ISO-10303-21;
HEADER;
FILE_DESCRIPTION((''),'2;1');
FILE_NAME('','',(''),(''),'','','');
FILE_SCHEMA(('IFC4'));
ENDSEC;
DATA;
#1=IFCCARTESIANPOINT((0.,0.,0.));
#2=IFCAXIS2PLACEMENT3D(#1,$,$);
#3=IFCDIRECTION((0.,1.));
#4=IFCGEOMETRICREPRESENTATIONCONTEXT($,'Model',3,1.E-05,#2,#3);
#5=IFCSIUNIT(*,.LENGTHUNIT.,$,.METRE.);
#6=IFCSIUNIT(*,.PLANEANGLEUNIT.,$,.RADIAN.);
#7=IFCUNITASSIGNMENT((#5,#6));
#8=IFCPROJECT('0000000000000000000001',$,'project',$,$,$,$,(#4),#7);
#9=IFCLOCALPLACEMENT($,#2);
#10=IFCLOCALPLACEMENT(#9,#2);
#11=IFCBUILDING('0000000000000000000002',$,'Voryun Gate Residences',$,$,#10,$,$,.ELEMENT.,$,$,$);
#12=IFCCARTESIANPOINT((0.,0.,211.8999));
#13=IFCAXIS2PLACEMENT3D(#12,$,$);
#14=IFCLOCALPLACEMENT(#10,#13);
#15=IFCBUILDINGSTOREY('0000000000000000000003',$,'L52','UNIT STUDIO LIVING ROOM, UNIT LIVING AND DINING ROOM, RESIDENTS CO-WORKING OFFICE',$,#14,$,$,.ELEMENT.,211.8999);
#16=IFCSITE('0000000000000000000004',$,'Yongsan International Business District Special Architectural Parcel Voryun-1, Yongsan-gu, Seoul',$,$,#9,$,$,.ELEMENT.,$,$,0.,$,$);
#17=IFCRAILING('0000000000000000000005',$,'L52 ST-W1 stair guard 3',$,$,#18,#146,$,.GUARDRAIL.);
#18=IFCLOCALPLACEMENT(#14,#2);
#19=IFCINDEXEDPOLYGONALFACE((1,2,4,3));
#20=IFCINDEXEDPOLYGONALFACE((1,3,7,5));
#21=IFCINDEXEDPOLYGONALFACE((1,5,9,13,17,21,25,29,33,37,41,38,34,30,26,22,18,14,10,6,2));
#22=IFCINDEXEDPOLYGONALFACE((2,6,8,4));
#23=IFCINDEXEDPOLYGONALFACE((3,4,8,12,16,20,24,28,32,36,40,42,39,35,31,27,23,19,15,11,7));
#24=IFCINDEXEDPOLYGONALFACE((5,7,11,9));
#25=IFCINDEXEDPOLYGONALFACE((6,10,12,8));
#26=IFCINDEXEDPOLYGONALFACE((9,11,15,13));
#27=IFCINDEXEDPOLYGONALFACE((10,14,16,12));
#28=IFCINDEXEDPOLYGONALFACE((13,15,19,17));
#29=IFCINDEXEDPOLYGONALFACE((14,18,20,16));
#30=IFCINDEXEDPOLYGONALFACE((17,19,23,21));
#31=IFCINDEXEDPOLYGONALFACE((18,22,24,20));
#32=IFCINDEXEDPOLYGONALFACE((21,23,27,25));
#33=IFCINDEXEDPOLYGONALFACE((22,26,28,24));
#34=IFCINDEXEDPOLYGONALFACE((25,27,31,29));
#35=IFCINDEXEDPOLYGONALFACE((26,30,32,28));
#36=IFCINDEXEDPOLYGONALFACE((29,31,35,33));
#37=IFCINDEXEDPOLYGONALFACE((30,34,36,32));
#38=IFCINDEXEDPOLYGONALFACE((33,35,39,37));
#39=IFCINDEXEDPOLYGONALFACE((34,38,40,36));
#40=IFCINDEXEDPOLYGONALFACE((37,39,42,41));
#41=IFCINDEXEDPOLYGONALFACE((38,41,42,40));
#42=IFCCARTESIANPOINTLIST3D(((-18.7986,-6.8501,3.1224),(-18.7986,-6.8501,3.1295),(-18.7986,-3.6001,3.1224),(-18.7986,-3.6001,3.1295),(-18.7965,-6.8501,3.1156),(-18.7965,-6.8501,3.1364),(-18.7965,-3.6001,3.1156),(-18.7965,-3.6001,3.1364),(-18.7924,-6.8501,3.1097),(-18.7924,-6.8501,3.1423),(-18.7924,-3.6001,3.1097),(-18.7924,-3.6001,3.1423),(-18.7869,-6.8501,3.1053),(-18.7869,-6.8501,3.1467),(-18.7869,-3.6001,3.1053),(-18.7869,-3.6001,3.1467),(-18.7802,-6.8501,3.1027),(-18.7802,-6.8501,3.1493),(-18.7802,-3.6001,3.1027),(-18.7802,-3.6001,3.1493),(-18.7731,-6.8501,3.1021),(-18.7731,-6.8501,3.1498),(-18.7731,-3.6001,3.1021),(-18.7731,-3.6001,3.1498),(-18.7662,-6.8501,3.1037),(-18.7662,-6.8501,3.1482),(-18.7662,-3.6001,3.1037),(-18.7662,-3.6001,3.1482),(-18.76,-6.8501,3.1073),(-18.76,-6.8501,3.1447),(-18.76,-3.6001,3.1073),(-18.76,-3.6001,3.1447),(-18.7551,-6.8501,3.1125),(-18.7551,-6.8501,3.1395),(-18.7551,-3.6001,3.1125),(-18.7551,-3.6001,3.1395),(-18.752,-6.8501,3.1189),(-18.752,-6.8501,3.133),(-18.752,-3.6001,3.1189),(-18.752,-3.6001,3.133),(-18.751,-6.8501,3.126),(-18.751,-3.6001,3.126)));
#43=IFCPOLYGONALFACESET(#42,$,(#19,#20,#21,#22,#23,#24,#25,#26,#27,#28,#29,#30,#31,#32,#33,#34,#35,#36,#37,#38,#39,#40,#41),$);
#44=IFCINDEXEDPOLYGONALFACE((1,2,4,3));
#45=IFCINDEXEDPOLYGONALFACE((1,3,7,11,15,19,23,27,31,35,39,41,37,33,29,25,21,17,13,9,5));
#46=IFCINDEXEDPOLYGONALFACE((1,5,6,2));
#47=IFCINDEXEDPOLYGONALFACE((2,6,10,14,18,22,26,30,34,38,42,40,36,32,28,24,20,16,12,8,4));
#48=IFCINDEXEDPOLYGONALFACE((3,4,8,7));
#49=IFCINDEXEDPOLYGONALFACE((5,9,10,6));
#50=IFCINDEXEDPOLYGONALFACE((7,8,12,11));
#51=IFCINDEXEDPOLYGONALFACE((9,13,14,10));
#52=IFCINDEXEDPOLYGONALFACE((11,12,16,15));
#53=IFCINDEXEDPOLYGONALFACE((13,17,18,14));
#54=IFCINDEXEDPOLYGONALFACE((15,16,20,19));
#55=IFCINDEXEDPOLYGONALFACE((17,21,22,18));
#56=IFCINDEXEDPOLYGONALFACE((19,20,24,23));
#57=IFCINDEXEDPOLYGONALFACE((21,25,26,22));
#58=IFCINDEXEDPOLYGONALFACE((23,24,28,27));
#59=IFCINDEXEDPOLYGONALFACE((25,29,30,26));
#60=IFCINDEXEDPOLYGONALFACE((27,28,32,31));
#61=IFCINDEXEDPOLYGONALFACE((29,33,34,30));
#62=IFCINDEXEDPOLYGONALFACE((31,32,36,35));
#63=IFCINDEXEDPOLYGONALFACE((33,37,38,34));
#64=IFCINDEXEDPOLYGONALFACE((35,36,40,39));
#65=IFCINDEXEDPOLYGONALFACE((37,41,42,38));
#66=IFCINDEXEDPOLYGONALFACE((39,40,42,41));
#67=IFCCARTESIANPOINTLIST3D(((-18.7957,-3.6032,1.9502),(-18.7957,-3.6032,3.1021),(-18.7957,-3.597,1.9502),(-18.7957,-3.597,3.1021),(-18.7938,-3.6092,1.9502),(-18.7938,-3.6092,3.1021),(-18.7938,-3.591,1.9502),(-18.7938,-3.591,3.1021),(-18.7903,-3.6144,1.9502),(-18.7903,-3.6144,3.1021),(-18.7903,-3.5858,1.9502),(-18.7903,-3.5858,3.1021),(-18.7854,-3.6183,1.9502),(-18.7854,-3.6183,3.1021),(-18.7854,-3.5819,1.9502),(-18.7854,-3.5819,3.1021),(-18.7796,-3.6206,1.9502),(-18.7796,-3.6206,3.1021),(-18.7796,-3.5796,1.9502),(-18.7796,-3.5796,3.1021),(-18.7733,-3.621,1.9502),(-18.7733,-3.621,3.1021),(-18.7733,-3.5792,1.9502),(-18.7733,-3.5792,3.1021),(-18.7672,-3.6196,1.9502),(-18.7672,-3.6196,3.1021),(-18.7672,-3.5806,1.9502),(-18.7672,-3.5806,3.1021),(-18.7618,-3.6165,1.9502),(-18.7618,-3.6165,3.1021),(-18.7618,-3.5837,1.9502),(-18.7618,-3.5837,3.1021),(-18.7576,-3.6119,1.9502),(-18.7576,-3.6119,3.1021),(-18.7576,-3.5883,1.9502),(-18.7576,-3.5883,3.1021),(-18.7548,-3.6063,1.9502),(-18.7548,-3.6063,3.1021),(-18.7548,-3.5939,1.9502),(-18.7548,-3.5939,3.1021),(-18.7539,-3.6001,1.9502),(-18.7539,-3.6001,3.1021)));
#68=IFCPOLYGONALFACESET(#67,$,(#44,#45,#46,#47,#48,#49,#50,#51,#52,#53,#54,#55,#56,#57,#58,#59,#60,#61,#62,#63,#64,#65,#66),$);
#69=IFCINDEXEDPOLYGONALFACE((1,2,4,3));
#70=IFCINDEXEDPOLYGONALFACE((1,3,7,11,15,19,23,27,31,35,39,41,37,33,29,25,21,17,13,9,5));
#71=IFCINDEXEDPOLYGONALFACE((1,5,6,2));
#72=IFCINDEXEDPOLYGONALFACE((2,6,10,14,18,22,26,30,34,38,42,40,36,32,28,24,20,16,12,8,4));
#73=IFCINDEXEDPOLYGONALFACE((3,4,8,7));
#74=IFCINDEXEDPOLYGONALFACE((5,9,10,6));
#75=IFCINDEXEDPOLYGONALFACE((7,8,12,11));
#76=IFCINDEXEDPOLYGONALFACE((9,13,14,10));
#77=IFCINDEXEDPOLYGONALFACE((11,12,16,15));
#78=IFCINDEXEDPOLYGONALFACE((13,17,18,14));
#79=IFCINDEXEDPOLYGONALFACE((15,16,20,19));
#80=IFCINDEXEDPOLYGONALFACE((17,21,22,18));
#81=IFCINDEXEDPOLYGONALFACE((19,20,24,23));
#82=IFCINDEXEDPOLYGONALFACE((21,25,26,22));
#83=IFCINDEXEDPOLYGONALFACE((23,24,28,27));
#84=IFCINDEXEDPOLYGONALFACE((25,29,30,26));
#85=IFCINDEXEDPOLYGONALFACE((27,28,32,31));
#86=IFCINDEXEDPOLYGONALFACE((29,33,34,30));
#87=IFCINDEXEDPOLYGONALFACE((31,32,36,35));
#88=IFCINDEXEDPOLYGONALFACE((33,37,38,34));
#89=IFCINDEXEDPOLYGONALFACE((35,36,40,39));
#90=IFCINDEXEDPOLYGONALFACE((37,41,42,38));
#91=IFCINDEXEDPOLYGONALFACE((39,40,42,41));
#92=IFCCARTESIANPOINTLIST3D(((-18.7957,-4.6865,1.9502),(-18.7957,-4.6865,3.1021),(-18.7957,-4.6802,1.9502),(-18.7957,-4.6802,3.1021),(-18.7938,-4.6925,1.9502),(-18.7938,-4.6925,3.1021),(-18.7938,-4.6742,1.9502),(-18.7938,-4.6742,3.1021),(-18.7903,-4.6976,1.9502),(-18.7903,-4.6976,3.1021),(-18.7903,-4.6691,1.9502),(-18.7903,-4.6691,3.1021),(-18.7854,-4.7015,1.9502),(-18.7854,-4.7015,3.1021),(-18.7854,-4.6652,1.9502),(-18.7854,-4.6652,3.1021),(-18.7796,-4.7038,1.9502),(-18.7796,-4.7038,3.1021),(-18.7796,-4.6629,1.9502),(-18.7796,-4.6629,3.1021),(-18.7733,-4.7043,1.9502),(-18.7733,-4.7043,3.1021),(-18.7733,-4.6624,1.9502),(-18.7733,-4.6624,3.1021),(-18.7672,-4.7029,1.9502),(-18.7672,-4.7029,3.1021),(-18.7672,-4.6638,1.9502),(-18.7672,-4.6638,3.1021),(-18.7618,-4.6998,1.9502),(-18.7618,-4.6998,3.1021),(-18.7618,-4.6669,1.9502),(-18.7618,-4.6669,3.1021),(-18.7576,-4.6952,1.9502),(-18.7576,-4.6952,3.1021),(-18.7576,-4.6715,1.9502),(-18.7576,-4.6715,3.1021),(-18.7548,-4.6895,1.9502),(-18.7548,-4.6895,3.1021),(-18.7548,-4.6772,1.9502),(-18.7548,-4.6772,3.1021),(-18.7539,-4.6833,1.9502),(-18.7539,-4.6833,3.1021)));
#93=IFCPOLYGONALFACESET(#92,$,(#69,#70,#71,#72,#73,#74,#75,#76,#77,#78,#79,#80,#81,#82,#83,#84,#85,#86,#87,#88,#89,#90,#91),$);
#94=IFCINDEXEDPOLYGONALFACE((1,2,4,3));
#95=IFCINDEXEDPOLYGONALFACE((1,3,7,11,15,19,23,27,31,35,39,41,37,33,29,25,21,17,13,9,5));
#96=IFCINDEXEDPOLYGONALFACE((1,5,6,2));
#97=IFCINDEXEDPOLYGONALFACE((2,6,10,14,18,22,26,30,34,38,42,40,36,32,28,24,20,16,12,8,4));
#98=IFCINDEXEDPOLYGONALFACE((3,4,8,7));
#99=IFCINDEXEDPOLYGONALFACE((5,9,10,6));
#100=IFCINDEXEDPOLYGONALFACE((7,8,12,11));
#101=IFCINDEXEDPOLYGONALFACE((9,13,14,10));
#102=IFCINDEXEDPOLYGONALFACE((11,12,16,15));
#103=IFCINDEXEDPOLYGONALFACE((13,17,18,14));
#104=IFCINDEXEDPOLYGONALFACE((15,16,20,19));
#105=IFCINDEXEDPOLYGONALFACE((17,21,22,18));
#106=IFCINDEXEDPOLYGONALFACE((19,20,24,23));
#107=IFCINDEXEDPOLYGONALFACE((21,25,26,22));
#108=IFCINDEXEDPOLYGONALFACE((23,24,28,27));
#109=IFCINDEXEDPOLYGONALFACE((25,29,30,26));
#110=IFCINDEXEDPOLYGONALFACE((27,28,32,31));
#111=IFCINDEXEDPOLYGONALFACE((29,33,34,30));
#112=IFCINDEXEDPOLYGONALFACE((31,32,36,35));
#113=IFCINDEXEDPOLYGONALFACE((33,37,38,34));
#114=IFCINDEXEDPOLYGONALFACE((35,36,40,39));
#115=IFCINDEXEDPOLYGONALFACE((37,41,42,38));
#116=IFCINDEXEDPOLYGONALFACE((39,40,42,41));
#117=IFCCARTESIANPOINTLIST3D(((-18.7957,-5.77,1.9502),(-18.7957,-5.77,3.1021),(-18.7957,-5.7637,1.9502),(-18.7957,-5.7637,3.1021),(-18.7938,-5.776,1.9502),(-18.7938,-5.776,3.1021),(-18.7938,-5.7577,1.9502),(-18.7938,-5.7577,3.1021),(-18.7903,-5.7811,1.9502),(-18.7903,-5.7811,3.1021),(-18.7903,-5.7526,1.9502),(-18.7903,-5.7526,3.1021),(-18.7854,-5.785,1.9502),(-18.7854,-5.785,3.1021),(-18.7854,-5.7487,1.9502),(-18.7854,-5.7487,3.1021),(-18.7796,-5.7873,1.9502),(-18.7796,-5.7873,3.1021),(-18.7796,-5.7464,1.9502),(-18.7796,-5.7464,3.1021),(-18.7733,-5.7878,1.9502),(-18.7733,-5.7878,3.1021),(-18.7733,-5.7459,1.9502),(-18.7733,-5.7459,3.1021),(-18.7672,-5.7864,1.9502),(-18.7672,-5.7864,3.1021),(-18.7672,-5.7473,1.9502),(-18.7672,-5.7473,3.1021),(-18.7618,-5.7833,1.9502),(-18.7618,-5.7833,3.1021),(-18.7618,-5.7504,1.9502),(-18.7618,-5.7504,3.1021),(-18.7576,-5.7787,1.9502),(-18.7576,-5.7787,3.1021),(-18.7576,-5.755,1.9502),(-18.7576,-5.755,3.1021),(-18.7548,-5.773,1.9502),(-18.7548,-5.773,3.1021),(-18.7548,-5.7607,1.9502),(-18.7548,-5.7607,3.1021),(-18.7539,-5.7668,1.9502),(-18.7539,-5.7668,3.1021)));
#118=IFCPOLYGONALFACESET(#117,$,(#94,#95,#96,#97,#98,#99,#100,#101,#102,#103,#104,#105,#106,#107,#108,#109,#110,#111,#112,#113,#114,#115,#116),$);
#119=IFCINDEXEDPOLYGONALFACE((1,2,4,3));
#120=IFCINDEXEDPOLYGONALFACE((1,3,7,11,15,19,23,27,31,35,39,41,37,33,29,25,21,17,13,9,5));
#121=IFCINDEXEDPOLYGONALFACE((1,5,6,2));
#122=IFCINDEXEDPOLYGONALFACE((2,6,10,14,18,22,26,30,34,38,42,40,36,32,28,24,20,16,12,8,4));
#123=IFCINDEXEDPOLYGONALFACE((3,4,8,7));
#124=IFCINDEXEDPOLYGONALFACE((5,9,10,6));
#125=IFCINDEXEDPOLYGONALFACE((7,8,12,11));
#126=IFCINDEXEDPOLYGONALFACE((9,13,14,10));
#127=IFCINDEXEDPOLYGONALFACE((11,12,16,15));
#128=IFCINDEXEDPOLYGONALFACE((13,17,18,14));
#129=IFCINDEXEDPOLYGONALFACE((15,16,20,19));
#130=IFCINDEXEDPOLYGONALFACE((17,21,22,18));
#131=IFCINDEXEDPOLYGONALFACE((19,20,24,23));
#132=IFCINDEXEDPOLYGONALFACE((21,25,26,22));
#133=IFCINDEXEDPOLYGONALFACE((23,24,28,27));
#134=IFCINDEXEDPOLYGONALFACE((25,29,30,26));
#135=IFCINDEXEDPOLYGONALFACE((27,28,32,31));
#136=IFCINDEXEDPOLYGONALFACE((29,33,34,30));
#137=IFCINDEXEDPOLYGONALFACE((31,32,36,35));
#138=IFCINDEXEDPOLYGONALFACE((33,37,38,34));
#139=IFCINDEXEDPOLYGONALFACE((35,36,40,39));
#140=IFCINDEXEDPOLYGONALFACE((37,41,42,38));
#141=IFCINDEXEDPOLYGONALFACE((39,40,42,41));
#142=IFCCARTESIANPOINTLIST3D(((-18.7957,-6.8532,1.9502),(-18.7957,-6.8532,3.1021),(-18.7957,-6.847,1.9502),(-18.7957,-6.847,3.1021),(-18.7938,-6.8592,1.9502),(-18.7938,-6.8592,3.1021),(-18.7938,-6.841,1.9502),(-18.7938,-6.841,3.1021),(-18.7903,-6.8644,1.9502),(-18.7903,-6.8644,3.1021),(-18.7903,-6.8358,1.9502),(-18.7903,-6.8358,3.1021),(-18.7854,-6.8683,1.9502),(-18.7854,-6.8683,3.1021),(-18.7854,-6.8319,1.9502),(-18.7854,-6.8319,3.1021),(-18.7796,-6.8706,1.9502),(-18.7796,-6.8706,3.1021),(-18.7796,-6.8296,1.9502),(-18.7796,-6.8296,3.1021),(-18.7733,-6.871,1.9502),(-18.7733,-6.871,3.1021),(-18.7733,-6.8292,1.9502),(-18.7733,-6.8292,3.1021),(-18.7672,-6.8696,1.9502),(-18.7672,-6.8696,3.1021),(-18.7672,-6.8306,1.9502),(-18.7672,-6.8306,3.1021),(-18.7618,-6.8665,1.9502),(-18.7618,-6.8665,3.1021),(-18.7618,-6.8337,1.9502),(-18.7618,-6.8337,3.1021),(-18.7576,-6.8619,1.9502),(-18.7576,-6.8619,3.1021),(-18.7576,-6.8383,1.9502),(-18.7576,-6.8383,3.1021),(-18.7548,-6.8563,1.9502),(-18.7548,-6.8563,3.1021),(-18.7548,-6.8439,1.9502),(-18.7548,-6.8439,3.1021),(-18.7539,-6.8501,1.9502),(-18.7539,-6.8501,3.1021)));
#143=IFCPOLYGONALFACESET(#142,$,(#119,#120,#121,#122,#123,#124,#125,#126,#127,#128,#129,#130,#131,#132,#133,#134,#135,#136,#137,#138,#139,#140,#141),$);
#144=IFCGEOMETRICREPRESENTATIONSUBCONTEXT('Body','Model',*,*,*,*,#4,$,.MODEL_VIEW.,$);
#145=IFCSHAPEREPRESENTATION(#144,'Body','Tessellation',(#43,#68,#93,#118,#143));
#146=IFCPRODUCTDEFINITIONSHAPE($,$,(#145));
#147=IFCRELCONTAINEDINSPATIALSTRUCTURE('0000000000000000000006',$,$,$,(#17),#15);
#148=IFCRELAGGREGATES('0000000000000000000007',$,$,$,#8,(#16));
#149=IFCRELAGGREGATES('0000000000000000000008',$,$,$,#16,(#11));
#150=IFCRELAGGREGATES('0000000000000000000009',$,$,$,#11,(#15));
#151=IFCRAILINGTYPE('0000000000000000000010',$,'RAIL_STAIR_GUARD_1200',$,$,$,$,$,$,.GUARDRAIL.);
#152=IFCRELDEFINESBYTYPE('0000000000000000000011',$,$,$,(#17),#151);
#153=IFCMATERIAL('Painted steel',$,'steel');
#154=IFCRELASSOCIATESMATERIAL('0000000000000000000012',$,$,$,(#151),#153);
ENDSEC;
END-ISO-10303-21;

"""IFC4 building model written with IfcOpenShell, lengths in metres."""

from ifc_helpers import new_model, si_unit, direction, frame, origin, origin_2d, place, context, subcontext, project, spatial, circle, extrude, material, type_object, element, save


model = new_model("IFC4")

# Units and contexts
model_context = context("Model", 3, precision=1e-05, world=origin(), true_north=direction((0.0, 1.0)))
body_context = subcontext(model_context, "Body", "Model", "MODEL_VIEW")
ifc_project = project(units=[si_unit("LENGTHUNIT", "METRE"), si_unit("PLANEANGLEUNIT", "RADIAN")], contexts=[model_context])

# Site, building, storey
site_placement = place(None, origin())
site = spatial("IfcSite", under=ifc_project, at=site_placement, Name="Yongsan International Business District Special Architectural Parcel Voryun-1, Yongsan-gu, Seoul", CompositionType="ELEMENT", RefElevation=0.0)
building_placement = place(site_placement, origin())
building = spatial("IfcBuilding", under=site, at=building_placement, Name="Voryun Gate Residences", CompositionType="ELEMENT")
storey_placement = place(building_placement, frame((0.0, 0.0, 211.8999)))
storey = spatial("IfcBuildingStorey", under=building, at=storey_placement, Name="L52", Description="UNIT STUDIO LIVING ROOM, UNIT LIVING AND DINING ROOM, RESIDENTS CO-WORKING OFFICE", CompositionType="ELEMENT", Elevation=211.8999)

# Railing
ifc_material_1 = material(Name="Painted steel", Category="steel")
railing_type_1 = type_object("IfcRailingType", Name="RAIL_STAIR_GUARD_1200", PredefinedType="GUARDRAIL", material=ifc_material_1)
railing_1_placement = place(storey_placement, frame((-18.7749, -3.6001, 1.9502)))
element("IfcRailing", 1, at=railing_1_placement, inside=storey, type_object=railing_type_1, Name="L52 ST-W1 stair guard 3", PredefinedType="GUARDRAIL", context=body_context, shape_type="SweptSolid", body=[
    extrude(circle(Radius=0.0239, at=origin_2d()), frame((0.0, 0.0, 1.1758), z_axis=(0.0, -1.0, 0.0), x_axis=(1.0, 0.0, 0.0)), (0.0, 0.0, 1.0), 3.25),
    extrude(circle(Radius=0.021, at=origin_2d()), origin(), (0.0, 0.0, 1.0), 1.1519),
    extrude(circle(Radius=0.021, at=origin_2d()), frame((0.0, -1.0833, 0.0)), (0.0, 0.0, 1.0), 1.1519),
    extrude(circle(Radius=0.021, at=origin_2d()), frame((0.0, -2.1667, 0.0)), (0.0, 0.0, 1.0), 1.1519),
    extrude(circle(Radius=0.021, at=origin_2d()), frame((0.0, -3.25, 0.0)), (0.0, 0.0, 1.0), 1.1519),
])

save(model, "model.ifc")
